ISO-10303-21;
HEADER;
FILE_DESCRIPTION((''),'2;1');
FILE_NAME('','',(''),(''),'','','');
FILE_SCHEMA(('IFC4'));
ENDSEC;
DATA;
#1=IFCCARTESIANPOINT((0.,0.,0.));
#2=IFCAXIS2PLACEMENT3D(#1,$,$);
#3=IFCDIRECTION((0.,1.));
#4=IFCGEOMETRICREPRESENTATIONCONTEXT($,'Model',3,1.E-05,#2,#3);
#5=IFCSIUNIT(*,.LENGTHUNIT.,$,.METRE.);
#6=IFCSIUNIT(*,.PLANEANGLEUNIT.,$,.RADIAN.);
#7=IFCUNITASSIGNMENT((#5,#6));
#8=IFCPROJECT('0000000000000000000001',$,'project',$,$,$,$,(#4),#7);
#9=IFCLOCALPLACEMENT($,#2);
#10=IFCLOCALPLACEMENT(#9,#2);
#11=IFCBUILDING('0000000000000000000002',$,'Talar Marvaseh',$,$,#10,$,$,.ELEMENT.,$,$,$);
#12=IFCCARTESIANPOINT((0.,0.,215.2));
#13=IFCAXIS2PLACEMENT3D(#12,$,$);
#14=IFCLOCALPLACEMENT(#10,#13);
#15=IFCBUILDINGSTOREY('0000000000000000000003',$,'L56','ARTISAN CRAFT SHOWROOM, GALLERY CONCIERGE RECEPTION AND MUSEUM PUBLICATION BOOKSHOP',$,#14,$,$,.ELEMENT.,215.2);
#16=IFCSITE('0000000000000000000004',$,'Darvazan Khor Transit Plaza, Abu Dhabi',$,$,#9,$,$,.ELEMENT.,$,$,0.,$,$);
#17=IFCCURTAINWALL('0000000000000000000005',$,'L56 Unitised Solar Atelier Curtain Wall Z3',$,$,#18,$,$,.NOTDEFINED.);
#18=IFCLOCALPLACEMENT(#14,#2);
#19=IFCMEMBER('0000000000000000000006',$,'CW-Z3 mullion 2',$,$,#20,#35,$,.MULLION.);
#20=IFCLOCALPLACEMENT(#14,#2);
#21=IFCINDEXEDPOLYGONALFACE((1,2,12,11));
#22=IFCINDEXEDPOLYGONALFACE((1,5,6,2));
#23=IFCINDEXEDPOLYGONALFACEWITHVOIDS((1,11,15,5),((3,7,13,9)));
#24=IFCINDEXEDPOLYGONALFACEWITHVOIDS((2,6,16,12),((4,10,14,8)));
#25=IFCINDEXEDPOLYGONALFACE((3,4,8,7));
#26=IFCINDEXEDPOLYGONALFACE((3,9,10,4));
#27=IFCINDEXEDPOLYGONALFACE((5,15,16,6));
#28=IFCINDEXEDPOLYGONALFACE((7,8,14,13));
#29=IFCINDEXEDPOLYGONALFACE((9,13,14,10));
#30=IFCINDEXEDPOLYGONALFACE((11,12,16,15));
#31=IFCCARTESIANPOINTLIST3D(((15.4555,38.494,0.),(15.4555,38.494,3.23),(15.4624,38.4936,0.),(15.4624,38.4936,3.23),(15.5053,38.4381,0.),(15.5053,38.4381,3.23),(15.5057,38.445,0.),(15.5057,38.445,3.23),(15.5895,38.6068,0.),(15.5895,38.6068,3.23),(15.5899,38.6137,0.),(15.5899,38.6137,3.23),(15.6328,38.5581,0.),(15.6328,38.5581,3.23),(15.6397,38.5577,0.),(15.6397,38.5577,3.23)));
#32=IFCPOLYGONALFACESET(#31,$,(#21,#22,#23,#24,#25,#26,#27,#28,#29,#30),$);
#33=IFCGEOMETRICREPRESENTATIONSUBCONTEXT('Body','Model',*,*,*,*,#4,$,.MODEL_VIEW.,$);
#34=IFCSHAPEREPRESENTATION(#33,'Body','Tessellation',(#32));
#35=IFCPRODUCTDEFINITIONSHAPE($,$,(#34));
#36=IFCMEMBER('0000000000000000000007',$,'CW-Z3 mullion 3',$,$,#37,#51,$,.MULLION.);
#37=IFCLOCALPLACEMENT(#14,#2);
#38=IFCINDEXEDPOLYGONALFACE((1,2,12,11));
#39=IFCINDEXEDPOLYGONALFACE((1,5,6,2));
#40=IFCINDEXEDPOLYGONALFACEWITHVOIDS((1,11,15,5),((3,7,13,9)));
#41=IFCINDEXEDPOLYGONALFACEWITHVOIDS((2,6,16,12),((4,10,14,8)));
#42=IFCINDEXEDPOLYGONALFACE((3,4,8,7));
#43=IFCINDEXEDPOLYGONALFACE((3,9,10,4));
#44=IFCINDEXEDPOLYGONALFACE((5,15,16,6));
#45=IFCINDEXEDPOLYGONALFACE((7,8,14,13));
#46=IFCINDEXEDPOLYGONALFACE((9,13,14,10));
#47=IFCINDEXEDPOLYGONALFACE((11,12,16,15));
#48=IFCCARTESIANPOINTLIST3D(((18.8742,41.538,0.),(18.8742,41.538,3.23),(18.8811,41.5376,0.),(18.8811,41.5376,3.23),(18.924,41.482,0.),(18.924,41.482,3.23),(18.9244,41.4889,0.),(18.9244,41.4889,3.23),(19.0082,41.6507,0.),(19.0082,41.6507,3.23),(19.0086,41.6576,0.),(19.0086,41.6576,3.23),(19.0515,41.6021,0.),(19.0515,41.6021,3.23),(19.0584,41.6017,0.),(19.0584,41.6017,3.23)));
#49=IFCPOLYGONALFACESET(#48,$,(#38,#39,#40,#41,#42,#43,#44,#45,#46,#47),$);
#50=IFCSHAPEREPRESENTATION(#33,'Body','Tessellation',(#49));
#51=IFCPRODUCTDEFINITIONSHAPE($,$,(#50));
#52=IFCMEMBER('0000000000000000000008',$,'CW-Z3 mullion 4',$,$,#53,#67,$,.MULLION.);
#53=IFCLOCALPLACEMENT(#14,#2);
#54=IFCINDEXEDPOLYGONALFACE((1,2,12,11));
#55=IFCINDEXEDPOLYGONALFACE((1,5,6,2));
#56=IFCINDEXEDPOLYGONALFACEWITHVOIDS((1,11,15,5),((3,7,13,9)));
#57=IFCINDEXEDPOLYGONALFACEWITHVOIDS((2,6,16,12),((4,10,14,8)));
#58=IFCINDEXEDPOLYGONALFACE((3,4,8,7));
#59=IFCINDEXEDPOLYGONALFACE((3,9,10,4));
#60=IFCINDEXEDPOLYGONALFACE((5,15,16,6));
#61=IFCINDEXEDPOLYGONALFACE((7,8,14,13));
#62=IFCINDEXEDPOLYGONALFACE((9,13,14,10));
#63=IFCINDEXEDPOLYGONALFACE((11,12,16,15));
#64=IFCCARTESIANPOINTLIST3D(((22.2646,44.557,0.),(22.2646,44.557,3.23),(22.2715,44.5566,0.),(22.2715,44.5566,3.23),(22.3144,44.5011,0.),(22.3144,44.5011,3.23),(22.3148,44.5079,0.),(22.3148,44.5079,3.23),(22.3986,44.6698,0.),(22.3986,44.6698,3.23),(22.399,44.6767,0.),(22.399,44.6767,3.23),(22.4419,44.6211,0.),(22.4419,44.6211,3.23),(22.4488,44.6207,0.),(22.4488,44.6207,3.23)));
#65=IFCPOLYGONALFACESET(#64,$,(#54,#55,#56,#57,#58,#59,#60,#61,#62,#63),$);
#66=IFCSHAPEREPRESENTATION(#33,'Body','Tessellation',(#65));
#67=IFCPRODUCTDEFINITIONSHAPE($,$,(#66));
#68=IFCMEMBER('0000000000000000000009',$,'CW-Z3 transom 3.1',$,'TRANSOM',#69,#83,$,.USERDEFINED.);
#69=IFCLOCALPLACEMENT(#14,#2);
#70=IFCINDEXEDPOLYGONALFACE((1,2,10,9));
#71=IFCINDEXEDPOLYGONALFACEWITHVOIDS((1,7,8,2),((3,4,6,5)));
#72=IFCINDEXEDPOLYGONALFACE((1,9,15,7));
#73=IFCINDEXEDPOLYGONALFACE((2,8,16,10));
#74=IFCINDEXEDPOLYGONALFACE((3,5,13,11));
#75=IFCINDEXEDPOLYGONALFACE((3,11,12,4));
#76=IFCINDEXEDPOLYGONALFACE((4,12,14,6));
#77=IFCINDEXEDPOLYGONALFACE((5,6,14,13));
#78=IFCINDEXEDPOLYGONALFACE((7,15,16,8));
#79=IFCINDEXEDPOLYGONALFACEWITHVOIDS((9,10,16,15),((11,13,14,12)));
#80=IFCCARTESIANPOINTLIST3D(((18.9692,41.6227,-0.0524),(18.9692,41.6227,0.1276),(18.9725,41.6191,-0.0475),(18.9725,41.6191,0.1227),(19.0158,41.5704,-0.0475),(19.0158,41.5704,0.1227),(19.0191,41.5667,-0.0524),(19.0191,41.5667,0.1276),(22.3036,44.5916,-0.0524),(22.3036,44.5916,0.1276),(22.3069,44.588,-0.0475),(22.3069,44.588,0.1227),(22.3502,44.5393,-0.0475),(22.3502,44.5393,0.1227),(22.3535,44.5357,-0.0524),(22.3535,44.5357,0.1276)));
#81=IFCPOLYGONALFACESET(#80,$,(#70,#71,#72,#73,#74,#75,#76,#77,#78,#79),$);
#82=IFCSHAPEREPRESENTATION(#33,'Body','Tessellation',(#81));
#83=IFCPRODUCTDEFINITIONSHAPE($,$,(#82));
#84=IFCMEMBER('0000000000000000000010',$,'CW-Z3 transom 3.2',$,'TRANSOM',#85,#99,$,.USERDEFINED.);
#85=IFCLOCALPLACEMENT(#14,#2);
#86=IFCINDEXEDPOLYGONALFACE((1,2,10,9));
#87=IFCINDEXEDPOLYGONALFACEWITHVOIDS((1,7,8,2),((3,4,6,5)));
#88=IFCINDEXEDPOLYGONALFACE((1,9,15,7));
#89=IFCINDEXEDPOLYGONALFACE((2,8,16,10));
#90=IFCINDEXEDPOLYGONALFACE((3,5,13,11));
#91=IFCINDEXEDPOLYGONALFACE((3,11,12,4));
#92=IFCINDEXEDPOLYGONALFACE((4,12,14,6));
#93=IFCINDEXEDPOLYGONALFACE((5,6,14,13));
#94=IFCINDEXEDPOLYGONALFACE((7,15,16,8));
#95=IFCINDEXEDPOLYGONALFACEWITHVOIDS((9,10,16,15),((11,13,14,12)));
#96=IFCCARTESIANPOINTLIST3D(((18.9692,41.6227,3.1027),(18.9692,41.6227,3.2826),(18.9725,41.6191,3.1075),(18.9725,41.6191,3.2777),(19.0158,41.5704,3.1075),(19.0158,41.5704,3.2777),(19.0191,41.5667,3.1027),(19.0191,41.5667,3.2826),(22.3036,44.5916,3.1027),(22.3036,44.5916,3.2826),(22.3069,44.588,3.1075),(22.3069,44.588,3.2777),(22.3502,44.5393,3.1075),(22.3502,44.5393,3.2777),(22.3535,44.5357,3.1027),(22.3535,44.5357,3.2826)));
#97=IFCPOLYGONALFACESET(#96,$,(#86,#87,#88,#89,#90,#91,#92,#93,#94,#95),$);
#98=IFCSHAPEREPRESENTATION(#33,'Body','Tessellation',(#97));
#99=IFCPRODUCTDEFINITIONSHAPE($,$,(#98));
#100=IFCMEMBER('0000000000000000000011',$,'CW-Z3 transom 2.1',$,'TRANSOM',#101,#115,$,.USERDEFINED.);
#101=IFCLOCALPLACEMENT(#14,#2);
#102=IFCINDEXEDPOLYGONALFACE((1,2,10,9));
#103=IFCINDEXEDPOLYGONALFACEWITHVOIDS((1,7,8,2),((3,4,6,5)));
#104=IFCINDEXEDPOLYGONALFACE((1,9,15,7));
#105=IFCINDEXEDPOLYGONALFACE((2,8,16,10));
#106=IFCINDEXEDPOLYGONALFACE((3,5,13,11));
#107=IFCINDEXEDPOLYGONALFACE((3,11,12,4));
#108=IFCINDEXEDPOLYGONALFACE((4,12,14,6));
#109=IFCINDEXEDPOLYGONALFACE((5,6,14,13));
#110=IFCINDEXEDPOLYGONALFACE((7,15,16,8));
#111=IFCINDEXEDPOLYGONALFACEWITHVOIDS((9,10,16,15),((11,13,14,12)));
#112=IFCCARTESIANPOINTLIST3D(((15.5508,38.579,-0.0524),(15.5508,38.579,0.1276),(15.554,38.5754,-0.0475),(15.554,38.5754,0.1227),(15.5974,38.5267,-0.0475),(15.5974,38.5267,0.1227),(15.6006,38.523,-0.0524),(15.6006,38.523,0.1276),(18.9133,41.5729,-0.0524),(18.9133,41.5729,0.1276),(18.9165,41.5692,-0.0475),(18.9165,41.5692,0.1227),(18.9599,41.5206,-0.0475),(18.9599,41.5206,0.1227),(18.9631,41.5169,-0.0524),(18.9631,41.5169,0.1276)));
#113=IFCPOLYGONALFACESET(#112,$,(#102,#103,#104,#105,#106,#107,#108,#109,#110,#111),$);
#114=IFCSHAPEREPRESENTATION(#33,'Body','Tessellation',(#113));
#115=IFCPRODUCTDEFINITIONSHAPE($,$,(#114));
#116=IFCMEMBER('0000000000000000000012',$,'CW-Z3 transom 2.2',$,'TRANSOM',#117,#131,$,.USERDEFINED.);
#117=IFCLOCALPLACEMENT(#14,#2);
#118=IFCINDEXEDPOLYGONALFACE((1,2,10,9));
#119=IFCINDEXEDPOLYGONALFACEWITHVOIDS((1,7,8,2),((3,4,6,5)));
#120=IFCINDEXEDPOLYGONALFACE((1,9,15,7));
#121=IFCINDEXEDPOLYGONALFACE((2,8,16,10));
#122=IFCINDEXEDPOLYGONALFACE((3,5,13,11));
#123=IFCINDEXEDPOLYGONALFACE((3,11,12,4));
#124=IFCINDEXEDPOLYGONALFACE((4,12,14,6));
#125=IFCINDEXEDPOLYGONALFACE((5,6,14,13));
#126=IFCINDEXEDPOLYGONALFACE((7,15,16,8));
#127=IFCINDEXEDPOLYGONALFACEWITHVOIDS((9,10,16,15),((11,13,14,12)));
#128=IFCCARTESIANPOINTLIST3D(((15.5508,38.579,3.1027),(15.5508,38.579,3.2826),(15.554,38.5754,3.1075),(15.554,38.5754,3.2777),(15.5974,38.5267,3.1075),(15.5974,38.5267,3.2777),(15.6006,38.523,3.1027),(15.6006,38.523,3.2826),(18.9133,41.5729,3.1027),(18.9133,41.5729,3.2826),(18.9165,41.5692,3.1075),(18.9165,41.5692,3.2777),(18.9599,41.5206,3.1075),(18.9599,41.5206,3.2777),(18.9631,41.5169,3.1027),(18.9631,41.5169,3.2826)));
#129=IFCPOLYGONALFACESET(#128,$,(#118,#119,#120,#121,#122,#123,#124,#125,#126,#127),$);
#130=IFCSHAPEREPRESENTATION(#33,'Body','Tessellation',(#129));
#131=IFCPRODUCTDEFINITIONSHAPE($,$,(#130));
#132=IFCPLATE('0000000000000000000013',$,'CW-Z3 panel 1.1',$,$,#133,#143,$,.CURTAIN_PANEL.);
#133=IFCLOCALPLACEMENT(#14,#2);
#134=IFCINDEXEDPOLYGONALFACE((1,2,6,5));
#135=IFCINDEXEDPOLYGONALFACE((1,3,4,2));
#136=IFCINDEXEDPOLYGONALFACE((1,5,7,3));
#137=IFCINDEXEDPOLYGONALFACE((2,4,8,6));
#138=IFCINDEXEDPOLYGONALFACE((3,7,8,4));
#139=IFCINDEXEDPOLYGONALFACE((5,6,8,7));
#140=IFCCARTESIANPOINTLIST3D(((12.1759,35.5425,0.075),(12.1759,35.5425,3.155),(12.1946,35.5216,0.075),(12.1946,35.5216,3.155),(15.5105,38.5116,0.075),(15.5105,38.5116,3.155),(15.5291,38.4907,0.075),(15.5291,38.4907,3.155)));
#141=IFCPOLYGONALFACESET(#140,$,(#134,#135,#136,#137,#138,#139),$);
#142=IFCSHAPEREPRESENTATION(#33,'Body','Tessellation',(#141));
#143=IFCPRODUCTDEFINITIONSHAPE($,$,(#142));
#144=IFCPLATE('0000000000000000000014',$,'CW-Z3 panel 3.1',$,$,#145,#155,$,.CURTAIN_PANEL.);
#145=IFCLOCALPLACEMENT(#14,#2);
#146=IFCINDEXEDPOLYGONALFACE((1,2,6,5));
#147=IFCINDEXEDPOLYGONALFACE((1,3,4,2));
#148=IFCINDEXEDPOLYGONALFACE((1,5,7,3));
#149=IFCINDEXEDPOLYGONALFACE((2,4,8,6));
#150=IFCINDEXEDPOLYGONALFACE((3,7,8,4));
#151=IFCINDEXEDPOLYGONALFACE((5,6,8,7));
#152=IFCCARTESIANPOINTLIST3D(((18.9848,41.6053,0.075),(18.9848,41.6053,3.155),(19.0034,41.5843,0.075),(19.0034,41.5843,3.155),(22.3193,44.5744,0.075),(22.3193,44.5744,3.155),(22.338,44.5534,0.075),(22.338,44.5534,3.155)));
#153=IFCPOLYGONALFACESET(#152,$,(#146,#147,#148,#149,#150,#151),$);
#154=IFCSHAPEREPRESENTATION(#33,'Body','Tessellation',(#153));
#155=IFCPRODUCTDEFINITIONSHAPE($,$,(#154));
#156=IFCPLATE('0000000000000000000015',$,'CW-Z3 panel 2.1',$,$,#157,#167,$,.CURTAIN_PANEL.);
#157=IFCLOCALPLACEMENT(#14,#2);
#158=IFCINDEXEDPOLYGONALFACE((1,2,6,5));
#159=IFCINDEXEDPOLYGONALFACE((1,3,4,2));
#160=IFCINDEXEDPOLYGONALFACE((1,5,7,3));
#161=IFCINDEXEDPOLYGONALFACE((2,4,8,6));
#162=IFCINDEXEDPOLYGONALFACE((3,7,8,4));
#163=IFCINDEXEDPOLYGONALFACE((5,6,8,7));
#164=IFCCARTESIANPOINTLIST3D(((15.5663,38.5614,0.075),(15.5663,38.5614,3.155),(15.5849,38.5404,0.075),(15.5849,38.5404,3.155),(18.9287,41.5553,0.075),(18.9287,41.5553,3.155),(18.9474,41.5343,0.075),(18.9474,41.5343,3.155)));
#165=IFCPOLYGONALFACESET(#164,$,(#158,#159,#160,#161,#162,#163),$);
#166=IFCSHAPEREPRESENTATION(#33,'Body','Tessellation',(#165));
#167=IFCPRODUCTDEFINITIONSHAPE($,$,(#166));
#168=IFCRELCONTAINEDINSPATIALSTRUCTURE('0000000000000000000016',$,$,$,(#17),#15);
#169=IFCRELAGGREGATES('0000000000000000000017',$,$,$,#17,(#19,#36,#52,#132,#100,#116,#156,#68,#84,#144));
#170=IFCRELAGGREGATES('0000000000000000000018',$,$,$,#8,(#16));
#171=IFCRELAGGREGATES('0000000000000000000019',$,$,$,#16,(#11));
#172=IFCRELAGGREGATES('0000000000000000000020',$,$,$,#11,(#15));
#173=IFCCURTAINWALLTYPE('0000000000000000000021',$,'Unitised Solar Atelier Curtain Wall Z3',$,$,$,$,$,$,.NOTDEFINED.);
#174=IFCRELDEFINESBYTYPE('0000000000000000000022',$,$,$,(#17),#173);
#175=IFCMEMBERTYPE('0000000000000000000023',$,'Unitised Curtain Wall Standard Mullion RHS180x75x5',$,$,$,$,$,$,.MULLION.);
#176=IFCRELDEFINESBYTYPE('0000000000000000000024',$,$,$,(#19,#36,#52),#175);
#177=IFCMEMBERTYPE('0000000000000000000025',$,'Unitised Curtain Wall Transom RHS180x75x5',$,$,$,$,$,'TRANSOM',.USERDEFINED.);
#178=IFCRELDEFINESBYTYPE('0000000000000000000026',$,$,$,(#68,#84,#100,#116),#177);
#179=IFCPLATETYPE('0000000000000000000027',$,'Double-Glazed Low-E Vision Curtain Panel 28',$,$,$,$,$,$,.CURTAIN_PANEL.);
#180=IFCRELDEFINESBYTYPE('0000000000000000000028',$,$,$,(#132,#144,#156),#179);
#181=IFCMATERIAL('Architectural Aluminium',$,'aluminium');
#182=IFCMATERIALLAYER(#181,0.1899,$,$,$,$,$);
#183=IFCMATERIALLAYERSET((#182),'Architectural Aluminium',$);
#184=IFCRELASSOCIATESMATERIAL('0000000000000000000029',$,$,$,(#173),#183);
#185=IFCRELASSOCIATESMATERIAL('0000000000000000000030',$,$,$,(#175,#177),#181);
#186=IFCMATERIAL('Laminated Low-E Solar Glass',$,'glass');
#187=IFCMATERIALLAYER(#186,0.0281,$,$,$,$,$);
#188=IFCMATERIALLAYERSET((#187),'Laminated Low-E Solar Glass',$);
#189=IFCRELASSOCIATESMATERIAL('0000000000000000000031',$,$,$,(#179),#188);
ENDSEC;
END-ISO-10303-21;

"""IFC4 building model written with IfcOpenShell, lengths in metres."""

from ifc_helpers import new_model, si_unit, direction, frame, origin, origin_2d, place, context, subcontext, project, spatial, rectangle, hollow_rectangle, extrude, source, transform, mapped, material, layer, layer_set, material_profile, profile_set, type_object, type_shapes, element, aggregate, save


model = new_model("IFC4")

# Units and contexts
model_context = context("Model", 3, precision=1e-05, world=origin(), true_north=direction((0.0, 1.0)))
body_context = subcontext(model_context, "Body", "Model", "MODEL_VIEW")
ifc_project = project(units=[si_unit("LENGTHUNIT", "METRE"), si_unit("PLANEANGLEUNIT", "RADIAN")], contexts=[model_context])

# Site, building, storey
site_placement = place(None, origin())
site = spatial("IfcSite", under=ifc_project, at=site_placement, Name="Darvazan Khor Transit Plaza, Abu Dhabi", CompositionType="ELEMENT", RefElevation=0.0)
building_placement = place(site_placement, origin())
building = spatial("IfcBuilding", under=site, at=building_placement, Name="Talar Marvaseh", CompositionType="ELEMENT")
storey_placement = place(building_placement, frame((0.0, 0.0, 215.2)))
storey = spatial("IfcBuildingStorey", under=building, at=storey_placement, Name="L56", Description="ARTISAN CRAFT SHOWROOM, GALLERY CONCIERGE RECEPTION AND MUSEUM PUBLICATION BOOKSHOP", CompositionType="ELEMENT", Elevation=215.2)

# Curtain wall, members, plates
ifc_material_1 = material(Name="Architectural Aluminium", Category="aluminium")
ifc_layer_1 = layer(ifc_material_1, 0.1899)
ifc_layer_set_1 = layer_set([ifc_layer_1], Name="Architectural Aluminium")
curtain_wall_type = type_object("IfcCurtainWallType", Name="Unitised Solar Atelier Curtain Wall Z3", PredefinedType="NOTDEFINED", material=ifc_layer_set_1)
curtain_wall_placement = place(storey_placement, origin())
curtain_wall = element("IfcCurtainWall", 1, at=curtain_wall_placement, inside=storey, type_object=curtain_wall_type, Name="L56 Unitised Solar Atelier Curtain Wall Z3", PredefinedType="NOTDEFINED")
ifc_material_profile_1 = material_profile(ifc_material_1, hollow_rectangle(XDim=0.075, YDim=0.1799, WallThickness=0.0049, at=origin_2d()), Name="RHS180x75x5")
ifc_profile_set_1 = profile_set([ifc_material_profile_1], Name="Architectural Aluminium")
member_type_1 = type_object("IfcMemberType", Name="Unitised Curtain Wall Standard Mullion RHS180x75x5", PredefinedType="MULLION", material=ifc_profile_set_1)
shared_shape_1 = source(origin(), body_context, "Body", "SweptSolid", [
    extrude(hollow_rectangle(XDim=0.075, YDim=0.1799, WallThickness=0.0049, at=origin_2d()), origin(), (0.0, 0.0, 1.0), 3.23),
])
type_shapes(member_type_1, [shared_shape_1])
member_1_placement = place(storey_placement, frame((15.5476, 38.5259, 0.0), z_axis=(0.0, 0.0, 1.0), x_axis=(-0.664998, 0.746845, 0.0)))
member_1 = element("IfcMember", 2, at=member_1_placement, type_object=member_type_1, Name="CW-Z3 mullion 2", PredefinedType="MULLION", context=body_context, shape_type="MappedRepresentation", body=[
    mapped(shared_shape_1, transform((0.0, 0.0, 0.0), x_axis=(1.0, 0.0, 0.0), y_axis=(0.0, 1.0, 0.0), z_axis=(0.0, 0.0, 1.0), scale=1.0)),
])
member_2_placement = place(storey_placement, frame((18.9663, 41.5698, 0.0), z_axis=(0.0, 0.0, 1.0), x_axis=(-0.664998, 0.746845, 0.0)))
member_2 = element("IfcMember", 3, at=member_2_placement, type_object=member_type_1, Name="CW-Z3 mullion 3", PredefinedType="MULLION", context=body_context, shape_type="MappedRepresentation", body=[
    mapped(shared_shape_1, transform((0.0, 0.0, 0.0), x_axis=(1.0, 0.0, 0.0), y_axis=(0.0, 1.0, 0.0), z_axis=(0.0, 0.0, 1.0), scale=1.0)),
])
member_3_placement = place(storey_placement, frame((22.3567, 44.5889, 0.0), z_axis=(0.0, 0.0, 1.0), x_axis=(-0.664998, 0.746845, 0.0)))
member_3 = element("IfcMember", 4, at=member_3_placement, type_object=member_type_1, Name="CW-Z3 mullion 4", PredefinedType="MULLION", context=body_context, shape_type="MappedRepresentation", body=[
    mapped(shared_shape_1, transform((0.0, 0.0, 0.0), x_axis=(1.0, 0.0, 0.0), y_axis=(0.0, 1.0, 0.0), z_axis=(0.0, 0.0, 1.0), scale=1.0)),
])
ifc_material_profile_2 = material_profile(ifc_material_1, hollow_rectangle(XDim=0.075, YDim=0.1799, WallThickness=0.0049, at=origin_2d()), Name="RHS180x75x5")
ifc_profile_set_2 = profile_set([ifc_material_profile_2], Name="Architectural Aluminium")
member_type_2 = type_object("IfcMemberType", Name="Unitised Curtain Wall Transom RHS180x75x5", ElementType="TRANSOM", PredefinedType="USERDEFINED", material=ifc_profile_set_2)
shared_shape_2 = source(origin(), body_context, "Body", "SweptSolid", [
    extrude(hollow_rectangle(XDim=0.075, YDim=0.1799, WallThickness=0.0049, at=origin_2d()), origin(), (0.0, 0.0, 1.0), 4.4646),
])
member_4_placement = place(storey_placement, frame((18.9941, 41.5947, 0.0376), z_axis=(0.746851, 0.664992, 0.0), x_axis=(-0.664992, 0.746851, 0.0)))
member_4 = element("IfcMember", 5, at=member_4_placement, type_object=member_type_2, Name="CW-Z3 transom 3.1", ObjectType="TRANSOM", PredefinedType="USERDEFINED", context=body_context, shape_type="MappedRepresentation", body=[
    mapped(shared_shape_2, transform((0.0, 0.0, 0.0), x_axis=(1.0, 0.0, 0.0), y_axis=(0.0, 1.0, 0.0), z_axis=(0.0, 0.0, 1.0), scale=1.0)),
])
member_5_placement = place(storey_placement, frame((18.9941, 41.5947, 3.1926), z_axis=(0.746851, 0.664992, 0.0), x_axis=(-0.664992, 0.746851, 0.0)))
member_5 = element("IfcMember", 6, at=member_5_placement, type_object=member_type_2, Name="CW-Z3 transom 3.2", ObjectType="TRANSOM", PredefinedType="USERDEFINED", context=body_context, shape_type="MappedRepresentation", body=[
    mapped(shared_shape_2, transform((0.0, 0.0, 0.0), x_axis=(1.0, 0.0, 0.0), y_axis=(0.0, 1.0, 0.0), z_axis=(0.0, 0.0, 1.0), scale=1.0)),
])
shared_shape_3 = source(origin(), body_context, "Body", "SweptSolid", [
    extrude(hollow_rectangle(XDim=0.075, YDim=0.1799, WallThickness=0.0049, at=origin_2d()), origin(), (0.0, 0.0, 1.0), 4.5022),
])
type_shapes(member_type_2, [shared_shape_2, shared_shape_3])
member_6_placement = place(storey_placement, frame((15.5757, 38.551, 0.0376), z_axis=(0.746862, 0.66498, 0.0), x_axis=(-0.66498, 0.746862, 0.0)))
member_6 = element("IfcMember", 7, at=member_6_placement, type_object=member_type_2, Name="CW-Z3 transom 2.1", ObjectType="TRANSOM", PredefinedType="USERDEFINED", context=body_context, shape_type="MappedRepresentation", body=[
    mapped(shared_shape_3, transform((0.0, 0.0, 0.0), x_axis=(1.0, 0.0, 0.0), y_axis=(0.0, 1.0, 0.0), z_axis=(0.0, 0.0, 1.0), scale=1.0)),
])
member_7_placement = place(storey_placement, frame((15.5757, 38.551, 3.1926), z_axis=(0.746862, 0.66498, 0.0), x_axis=(-0.66498, 0.746862, 0.0)))
member_7 = element("IfcMember", 8, at=member_7_placement, type_object=member_type_2, Name="CW-Z3 transom 2.2", ObjectType="TRANSOM", PredefinedType="USERDEFINED", context=body_context, shape_type="MappedRepresentation", body=[
    mapped(shared_shape_3, transform((0.0, 0.0, 0.0), x_axis=(1.0, 0.0, 0.0), y_axis=(0.0, 1.0, 0.0), z_axis=(0.0, 0.0, 1.0), scale=1.0)),
])
ifc_material_2 = material(Name="Laminated Low-E Solar Glass", Category="glass")
ifc_layer_2 = layer(ifc_material_2, 0.0281)
ifc_layer_set_2 = layer_set([ifc_layer_2], Name="Laminated Low-E Solar Glass")
plate_type = type_object("IfcPlateType", Name="Double-Glazed Low-E Vision Curtain Panel 28", PredefinedType="CURTAIN_PANEL", material=ifc_layer_set_2)
shared_shape_4 = source(origin(), body_context, "Body", "SweptSolid", [
    extrude(rectangle(XDim=4.4648, YDim=0.0281, at=origin_2d()), origin(), (0.0, 0.0, 1.0), 3.0801),
])
plate_1_placement = place(storey_placement, frame((13.8525, 37.0166, 0.075), z_axis=(0.0, 0.0, 1.0), x_axis=(0.746845, 0.664998, 0.0)))
plate_1 = element("IfcPlate", 9, at=plate_1_placement, type_object=plate_type, Name="CW-Z3 panel 1.1", PredefinedType="CURTAIN_PANEL", context=body_context, shape_type="MappedRepresentation", body=[
    mapped(shared_shape_4, transform((0.0, 0.0, 0.0), x_axis=(1.0, 0.0, 0.0), y_axis=(0.0, 1.0, 0.0), z_axis=(0.0, 0.0, 1.0), scale=1.0)),
])
plate_2_placement = place(storey_placement, frame((20.6614, 43.0793, 0.075), z_axis=(0.0, 0.0, 1.0), x_axis=(0.746845, 0.664998, 0.0)))
plate_2 = element("IfcPlate", 10, at=plate_2_placement, type_object=plate_type, Name="CW-Z3 panel 3.1", PredefinedType="CURTAIN_PANEL", context=body_context, shape_type="MappedRepresentation", body=[
    mapped(shared_shape_4, transform((0.0, 0.0, 0.0), x_axis=(1.0, 0.0, 0.0), y_axis=(0.0, 1.0, 0.0), z_axis=(0.0, 0.0, 1.0), scale=1.0)),
])
shared_shape_5 = source(origin(), body_context, "Body", "SweptSolid", [
    extrude(rectangle(XDim=4.5022, YDim=0.0281, at=origin_2d()), origin(), (0.0, 0.0, 1.0), 3.0801),
])
type_shapes(plate_type, [shared_shape_4, shared_shape_5])
plate_3_placement = place(storey_placement, frame((17.2568, 40.0479, 0.075), z_axis=(0.0, 0.0, 1.0), x_axis=(0.746845, 0.664998, 0.0)))
plate_3 = element("IfcPlate", 11, at=plate_3_placement, type_object=plate_type, Name="CW-Z3 panel 2.1", PredefinedType="CURTAIN_PANEL", context=body_context, shape_type="MappedRepresentation", body=[
    mapped(shared_shape_5, transform((0.0, 0.0, 0.0), x_axis=(1.0, 0.0, 0.0), y_axis=(0.0, 1.0, 0.0), z_axis=(0.0, 0.0, 1.0), scale=1.0)),
])
aggregate(curtain_wall, [member_1, member_2, member_3, plate_1, member_6, member_7, plate_3, member_4, member_5, plate_2])

save(model, "model.ifc")
